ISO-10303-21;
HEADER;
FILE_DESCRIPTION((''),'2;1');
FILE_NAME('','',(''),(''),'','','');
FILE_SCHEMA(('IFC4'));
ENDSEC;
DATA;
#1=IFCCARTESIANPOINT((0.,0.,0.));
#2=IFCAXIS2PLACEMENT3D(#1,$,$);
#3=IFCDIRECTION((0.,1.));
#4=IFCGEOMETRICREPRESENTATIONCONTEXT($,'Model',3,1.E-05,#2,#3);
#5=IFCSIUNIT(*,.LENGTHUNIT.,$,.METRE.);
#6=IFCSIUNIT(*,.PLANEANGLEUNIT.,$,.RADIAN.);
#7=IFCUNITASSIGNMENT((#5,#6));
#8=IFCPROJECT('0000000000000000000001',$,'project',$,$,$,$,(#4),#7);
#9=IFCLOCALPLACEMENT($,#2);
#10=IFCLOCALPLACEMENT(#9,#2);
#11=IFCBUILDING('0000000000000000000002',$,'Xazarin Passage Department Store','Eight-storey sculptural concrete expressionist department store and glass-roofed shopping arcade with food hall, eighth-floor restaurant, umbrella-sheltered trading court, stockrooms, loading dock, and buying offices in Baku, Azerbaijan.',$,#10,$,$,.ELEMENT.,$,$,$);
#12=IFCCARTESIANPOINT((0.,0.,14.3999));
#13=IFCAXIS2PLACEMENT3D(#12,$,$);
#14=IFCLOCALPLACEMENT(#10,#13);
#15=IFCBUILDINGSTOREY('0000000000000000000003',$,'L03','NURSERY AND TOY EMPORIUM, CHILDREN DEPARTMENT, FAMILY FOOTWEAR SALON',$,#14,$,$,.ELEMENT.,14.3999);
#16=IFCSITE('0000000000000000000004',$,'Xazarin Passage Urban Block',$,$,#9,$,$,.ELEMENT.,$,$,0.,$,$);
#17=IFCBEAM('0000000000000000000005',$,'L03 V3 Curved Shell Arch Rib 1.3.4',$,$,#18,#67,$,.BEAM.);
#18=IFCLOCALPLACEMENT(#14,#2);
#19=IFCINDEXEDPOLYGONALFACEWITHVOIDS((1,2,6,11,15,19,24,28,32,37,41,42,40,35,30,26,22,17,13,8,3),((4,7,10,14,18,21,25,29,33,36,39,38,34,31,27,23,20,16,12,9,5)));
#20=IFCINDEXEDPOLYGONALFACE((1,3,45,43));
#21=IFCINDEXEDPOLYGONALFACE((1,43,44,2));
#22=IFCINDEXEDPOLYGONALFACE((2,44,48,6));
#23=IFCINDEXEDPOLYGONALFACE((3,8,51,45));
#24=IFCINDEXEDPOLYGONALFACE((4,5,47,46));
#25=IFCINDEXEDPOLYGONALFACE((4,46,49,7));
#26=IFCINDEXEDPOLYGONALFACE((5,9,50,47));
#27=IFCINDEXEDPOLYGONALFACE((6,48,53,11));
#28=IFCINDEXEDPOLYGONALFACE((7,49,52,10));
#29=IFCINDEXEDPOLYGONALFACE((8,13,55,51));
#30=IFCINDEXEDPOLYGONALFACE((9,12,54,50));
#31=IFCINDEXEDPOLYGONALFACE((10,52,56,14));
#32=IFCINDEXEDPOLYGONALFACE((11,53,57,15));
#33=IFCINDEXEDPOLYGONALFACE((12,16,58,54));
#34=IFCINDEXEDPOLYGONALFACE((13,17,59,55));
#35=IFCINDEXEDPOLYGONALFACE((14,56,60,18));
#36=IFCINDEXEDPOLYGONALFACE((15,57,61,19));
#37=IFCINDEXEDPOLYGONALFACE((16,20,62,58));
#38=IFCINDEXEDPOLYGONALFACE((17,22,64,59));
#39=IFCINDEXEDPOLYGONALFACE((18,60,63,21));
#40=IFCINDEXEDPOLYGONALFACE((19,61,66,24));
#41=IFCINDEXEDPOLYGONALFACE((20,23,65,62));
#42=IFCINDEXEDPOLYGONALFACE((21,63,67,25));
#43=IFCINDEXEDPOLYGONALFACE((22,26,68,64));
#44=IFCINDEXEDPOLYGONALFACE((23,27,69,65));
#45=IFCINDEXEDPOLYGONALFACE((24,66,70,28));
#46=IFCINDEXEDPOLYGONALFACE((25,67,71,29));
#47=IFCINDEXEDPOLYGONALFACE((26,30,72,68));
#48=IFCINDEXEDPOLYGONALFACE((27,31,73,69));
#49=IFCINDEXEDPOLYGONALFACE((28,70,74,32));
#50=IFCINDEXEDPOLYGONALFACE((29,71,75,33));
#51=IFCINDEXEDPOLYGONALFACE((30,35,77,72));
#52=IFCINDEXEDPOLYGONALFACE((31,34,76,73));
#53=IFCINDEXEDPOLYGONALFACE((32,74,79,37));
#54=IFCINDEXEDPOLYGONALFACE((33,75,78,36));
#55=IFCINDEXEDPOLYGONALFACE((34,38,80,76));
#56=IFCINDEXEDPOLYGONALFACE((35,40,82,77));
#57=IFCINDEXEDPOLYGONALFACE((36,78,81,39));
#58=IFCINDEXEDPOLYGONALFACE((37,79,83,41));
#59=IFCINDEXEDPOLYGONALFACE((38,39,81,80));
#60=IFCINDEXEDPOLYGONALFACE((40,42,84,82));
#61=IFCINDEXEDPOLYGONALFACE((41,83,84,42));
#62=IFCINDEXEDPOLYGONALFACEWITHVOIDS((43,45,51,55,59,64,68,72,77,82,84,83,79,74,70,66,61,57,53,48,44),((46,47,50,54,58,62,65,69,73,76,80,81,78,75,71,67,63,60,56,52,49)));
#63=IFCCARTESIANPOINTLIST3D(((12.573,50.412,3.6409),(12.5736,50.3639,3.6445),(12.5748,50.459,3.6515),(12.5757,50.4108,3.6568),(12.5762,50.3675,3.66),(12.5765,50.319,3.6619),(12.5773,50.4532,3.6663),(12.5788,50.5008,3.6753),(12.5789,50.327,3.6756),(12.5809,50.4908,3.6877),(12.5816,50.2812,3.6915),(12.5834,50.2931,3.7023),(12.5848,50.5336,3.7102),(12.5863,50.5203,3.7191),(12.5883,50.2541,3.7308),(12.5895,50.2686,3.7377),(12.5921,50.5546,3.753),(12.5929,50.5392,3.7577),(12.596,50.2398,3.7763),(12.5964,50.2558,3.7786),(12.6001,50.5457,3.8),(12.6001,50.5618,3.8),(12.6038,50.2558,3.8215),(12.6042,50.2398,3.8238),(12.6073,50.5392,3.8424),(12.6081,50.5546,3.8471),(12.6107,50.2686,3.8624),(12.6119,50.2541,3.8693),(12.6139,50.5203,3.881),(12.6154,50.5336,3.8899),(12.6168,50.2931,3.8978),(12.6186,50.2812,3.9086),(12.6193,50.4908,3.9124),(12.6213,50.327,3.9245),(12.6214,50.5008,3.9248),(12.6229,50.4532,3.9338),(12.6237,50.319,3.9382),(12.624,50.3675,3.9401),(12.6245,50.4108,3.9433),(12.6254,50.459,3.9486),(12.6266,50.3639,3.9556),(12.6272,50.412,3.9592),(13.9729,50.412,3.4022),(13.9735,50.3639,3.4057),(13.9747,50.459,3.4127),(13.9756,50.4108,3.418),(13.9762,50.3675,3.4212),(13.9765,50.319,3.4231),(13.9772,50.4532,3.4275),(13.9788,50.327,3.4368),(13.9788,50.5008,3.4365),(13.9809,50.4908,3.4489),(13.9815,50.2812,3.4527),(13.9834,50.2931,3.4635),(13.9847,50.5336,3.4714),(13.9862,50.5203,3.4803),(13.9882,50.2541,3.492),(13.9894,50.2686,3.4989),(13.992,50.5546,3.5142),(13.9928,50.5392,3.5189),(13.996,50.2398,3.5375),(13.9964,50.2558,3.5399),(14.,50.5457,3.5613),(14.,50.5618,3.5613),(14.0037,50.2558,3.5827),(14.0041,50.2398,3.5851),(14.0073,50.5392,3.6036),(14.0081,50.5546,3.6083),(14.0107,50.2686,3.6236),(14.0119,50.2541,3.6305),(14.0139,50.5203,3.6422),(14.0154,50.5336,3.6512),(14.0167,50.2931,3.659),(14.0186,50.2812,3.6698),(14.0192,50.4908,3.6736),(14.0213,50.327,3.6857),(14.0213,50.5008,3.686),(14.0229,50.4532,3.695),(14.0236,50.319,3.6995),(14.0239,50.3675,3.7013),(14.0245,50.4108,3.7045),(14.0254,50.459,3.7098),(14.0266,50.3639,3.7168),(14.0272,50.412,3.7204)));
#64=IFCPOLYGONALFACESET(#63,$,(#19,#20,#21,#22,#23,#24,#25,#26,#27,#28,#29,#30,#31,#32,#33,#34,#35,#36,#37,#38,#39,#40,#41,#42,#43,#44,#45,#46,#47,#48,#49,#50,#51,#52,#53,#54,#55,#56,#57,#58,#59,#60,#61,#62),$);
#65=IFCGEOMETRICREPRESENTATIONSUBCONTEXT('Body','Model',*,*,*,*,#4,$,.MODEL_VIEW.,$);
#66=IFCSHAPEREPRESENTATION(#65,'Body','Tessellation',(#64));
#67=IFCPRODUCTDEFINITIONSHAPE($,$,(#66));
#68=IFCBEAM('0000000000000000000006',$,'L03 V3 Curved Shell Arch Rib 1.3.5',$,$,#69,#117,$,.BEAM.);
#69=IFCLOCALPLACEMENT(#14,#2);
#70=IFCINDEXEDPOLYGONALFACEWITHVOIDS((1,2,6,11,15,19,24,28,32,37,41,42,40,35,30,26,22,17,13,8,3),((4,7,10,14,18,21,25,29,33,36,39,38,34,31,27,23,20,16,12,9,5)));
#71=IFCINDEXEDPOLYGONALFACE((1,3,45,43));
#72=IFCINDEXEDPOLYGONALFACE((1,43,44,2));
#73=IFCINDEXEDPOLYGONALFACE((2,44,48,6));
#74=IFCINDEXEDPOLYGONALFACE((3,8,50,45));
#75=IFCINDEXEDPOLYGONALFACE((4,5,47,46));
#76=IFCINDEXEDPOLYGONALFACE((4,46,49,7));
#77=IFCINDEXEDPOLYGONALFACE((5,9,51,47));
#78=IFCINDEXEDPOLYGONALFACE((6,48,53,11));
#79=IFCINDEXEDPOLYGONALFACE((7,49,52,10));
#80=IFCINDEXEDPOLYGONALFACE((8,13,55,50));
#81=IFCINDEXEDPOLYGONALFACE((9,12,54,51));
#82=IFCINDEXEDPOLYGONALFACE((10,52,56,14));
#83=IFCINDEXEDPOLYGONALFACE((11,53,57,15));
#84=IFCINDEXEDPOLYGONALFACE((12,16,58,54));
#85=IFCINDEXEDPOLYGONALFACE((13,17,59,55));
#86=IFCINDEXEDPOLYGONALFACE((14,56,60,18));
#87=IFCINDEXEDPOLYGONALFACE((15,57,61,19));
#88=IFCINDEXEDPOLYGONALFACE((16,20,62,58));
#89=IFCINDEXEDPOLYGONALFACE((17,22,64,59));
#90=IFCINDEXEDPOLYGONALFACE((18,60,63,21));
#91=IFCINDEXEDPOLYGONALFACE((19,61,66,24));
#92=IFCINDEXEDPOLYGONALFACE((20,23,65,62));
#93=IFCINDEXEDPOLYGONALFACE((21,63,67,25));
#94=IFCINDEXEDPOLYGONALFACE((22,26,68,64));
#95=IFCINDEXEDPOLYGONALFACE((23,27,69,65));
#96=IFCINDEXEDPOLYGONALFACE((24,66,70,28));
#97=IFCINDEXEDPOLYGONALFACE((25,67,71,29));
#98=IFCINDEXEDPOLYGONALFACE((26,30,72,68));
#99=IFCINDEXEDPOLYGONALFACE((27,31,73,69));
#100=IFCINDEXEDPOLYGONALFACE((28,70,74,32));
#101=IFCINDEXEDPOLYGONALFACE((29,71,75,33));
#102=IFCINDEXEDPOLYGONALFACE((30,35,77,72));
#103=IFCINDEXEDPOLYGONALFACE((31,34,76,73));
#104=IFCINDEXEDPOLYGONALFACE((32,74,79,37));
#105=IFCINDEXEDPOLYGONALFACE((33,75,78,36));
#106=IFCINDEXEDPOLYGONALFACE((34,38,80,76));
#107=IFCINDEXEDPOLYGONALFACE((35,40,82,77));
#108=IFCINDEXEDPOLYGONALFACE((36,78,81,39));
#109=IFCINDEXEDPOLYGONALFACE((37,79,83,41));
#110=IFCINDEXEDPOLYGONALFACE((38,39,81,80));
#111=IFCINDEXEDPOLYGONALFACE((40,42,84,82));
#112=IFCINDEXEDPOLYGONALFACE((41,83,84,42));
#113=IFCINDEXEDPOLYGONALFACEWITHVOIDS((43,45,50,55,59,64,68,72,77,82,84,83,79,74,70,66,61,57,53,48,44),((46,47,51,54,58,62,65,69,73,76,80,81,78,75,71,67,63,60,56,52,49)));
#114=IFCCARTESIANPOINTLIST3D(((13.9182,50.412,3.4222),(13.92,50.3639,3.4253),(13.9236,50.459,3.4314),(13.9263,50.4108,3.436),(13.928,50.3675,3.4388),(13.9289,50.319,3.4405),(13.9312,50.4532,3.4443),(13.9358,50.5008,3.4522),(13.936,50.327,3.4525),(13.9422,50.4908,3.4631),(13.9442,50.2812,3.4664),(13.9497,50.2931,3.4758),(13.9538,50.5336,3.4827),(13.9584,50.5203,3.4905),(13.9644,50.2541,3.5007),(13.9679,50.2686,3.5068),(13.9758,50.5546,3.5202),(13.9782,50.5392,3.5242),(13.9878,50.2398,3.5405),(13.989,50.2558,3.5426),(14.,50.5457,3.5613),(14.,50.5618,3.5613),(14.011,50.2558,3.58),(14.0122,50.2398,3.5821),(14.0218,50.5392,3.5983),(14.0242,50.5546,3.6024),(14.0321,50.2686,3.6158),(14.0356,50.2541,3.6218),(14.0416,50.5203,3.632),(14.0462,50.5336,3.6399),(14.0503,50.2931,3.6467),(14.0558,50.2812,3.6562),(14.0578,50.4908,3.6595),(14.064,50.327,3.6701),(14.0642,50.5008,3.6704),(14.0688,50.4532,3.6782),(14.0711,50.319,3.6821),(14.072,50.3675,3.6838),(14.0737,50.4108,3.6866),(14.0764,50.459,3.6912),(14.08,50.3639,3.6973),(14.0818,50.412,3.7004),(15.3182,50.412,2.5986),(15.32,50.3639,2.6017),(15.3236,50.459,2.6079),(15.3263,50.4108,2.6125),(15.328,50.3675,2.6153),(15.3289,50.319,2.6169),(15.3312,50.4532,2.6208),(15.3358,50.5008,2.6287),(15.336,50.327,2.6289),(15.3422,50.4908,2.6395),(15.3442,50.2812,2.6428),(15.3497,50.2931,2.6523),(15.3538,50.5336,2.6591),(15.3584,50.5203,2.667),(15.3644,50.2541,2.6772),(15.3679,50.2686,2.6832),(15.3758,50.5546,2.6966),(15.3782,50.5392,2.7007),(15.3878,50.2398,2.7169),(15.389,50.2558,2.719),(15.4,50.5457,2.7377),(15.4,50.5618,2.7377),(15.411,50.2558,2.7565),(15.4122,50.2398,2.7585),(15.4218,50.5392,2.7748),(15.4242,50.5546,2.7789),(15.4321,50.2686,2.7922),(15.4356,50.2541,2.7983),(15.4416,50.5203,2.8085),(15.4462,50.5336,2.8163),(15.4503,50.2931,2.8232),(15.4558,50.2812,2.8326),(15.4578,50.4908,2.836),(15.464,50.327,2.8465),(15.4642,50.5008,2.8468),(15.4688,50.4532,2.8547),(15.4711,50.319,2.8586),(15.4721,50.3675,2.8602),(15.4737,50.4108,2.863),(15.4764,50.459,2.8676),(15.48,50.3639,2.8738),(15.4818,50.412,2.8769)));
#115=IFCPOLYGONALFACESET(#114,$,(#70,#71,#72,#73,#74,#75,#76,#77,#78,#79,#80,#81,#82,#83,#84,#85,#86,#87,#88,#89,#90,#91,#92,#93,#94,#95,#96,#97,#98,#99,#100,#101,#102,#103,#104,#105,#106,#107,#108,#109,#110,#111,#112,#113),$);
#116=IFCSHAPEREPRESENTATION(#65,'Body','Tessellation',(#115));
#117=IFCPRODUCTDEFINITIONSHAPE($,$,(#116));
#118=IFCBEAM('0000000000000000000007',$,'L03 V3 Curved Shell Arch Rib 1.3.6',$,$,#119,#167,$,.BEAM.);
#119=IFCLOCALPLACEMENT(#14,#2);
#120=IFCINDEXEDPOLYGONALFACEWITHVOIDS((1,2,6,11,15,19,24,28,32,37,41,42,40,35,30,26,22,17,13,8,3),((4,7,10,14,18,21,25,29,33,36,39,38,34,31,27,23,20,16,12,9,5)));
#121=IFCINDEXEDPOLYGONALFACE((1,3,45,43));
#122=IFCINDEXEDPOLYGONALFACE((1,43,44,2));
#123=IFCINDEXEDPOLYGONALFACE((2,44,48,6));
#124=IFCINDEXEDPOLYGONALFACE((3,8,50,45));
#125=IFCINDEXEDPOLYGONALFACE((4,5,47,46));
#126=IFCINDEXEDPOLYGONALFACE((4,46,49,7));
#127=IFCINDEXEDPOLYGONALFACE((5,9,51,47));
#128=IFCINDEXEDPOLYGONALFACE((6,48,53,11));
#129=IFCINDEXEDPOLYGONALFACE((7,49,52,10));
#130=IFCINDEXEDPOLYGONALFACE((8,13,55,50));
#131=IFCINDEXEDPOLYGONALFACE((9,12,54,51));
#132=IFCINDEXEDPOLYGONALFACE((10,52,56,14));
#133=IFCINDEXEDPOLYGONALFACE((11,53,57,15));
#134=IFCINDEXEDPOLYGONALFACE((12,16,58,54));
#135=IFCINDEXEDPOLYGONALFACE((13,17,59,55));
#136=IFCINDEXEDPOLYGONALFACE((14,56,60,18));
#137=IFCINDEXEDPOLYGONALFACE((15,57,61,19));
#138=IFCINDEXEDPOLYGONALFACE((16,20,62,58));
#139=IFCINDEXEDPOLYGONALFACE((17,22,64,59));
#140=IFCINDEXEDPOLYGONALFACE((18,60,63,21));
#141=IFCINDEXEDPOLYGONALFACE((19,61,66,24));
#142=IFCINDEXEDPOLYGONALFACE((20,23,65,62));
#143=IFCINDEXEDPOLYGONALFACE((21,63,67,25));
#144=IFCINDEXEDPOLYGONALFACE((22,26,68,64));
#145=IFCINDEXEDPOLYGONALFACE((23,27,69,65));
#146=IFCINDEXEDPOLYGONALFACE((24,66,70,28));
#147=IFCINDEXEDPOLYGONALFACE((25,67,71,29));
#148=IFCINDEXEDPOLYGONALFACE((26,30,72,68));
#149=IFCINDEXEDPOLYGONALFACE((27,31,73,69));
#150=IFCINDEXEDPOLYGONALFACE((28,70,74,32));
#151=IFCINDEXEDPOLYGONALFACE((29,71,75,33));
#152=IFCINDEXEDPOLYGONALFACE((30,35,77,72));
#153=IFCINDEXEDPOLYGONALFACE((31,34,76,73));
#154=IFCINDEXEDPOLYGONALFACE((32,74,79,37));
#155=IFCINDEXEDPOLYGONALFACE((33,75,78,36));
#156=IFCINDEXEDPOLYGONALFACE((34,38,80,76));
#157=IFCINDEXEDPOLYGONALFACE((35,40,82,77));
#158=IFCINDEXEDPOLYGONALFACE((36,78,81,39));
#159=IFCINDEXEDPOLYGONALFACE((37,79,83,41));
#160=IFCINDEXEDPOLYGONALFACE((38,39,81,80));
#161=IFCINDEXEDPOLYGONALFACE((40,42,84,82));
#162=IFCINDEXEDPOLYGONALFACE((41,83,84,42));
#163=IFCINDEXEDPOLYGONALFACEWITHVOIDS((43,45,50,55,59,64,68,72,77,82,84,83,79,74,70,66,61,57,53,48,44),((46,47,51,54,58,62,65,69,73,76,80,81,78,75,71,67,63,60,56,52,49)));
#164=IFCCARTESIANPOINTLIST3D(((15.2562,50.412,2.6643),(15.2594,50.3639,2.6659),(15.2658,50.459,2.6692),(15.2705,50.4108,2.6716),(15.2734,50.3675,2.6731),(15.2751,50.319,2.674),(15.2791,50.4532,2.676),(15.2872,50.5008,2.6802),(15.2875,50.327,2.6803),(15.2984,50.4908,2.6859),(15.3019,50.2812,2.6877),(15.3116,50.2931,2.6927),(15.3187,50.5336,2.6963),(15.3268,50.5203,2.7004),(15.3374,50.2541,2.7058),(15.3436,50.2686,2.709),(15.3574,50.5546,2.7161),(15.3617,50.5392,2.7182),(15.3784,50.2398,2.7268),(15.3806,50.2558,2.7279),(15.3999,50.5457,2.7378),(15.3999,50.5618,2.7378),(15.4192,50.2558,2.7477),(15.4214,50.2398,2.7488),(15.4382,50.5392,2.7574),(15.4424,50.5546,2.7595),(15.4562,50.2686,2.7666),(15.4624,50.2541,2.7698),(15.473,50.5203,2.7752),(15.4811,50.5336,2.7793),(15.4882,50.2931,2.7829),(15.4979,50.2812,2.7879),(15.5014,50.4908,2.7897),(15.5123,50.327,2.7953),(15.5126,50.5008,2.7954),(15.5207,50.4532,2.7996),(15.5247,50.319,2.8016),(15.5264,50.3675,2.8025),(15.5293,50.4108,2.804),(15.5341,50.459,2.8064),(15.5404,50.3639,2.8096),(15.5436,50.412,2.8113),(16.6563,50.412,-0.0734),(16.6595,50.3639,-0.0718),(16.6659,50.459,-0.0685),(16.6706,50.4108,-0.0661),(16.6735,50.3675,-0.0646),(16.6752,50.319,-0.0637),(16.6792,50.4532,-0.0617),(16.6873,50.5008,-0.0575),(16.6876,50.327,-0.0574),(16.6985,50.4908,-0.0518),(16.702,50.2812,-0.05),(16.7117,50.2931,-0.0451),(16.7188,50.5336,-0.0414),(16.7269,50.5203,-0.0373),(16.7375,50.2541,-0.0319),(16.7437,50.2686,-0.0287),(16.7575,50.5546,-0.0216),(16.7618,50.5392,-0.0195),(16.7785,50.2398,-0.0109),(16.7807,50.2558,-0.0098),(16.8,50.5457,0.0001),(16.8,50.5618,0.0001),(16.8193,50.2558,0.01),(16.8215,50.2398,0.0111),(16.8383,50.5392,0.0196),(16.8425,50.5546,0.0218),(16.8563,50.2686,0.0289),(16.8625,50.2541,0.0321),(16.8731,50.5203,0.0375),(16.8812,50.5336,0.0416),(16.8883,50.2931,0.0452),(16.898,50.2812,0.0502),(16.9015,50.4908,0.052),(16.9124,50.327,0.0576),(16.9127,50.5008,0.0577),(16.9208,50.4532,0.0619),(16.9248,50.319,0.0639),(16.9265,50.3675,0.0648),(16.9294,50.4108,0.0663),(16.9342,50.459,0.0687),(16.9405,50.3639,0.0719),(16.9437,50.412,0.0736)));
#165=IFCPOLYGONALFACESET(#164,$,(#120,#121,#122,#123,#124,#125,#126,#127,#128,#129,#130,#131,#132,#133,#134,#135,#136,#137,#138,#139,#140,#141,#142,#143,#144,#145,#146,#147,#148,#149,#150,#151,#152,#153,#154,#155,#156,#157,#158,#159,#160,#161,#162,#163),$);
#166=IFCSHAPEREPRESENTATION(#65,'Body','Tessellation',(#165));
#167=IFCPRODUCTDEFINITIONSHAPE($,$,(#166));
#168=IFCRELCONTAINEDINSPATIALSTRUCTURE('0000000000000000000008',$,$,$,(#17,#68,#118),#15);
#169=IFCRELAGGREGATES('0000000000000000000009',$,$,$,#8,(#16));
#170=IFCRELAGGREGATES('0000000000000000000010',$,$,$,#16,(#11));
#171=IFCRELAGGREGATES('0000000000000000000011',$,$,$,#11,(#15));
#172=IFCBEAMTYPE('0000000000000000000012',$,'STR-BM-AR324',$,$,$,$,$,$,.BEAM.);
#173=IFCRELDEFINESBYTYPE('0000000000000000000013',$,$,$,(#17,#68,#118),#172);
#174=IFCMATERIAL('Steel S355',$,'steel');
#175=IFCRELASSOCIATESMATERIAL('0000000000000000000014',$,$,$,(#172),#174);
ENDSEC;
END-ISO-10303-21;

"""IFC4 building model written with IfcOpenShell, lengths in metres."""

from ifc_helpers import new_model, si_unit, direction, frame, origin, origin_2d, place, context, subcontext, project, spatial, hollow_circle, extrude, material, material_profile, profile_set, type_object, element, save


model = new_model("IFC4")

# Units and contexts
model_context = context("Model", 3, precision=1e-05, world=origin(), true_north=direction((0.0, 1.0)))
body_context = subcontext(model_context, "Body", "Model", "MODEL_VIEW")
ifc_project = project(units=[si_unit("LENGTHUNIT", "METRE"), si_unit("PLANEANGLEUNIT", "RADIAN")], contexts=[model_context])

# Site, building, storey
site_placement = place(None, origin())
site = spatial("IfcSite", under=ifc_project, at=site_placement, Name="Xazarin Passage Urban Block", CompositionType="ELEMENT", RefElevation=0.0)
building_placement = place(site_placement, origin())
building = spatial("IfcBuilding", under=site, at=building_placement, Name="Xazarin Passage Department Store", Description="Eight-storey sculptural concrete expressionist department store and glass-roofed shopping arcade with food hall, eighth-floor restaurant, umbrella-sheltered trading court, stockrooms, loading dock, and buying offices in Baku, Azerbaijan.", CompositionType="ELEMENT")
storey_placement = place(building_placement, frame((0.0, 0.0, 14.3999)))
storey = spatial("IfcBuildingStorey", under=building, at=storey_placement, Name="L03", Description="NURSERY AND TOY EMPORIUM, CHILDREN DEPARTMENT, FAMILY FOOTWEAR SALON", CompositionType="ELEMENT", Elevation=14.3999)

# Beams
ifc_material_1 = material(Name="Steel S355", Category="steel")
ifc_material_profile_1 = material_profile(ifc_material_1, hollow_circle(Radius=0.1619, WallThickness=0.0161, at=origin_2d()), Name="CHS 323.9x16")
ifc_profile_set_1 = profile_set([ifc_material_profile_1], Name="Steel S355")
beam_type_1 = type_object("IfcBeamType", Name="STR-BM-AR324", PredefinedType="BEAM", material=ifc_profile_set_1)
beam_1_placement = place(storey_placement, frame((12.6001, 50.3999, 3.8), z_axis=(0.985764, 0.0, -0.168133), x_axis=(0.0, 1.0, 0.0)))
element("IfcBeam", 1, at=beam_1_placement, inside=storey, type_object=beam_type_1, Name="L03 V3 Curved Shell Arch Rib 1.3.4", PredefinedType="BEAM", context=body_context, shape_type="SweptSolid", body=[
    extrude(hollow_circle(Radius=0.1619, WallThickness=0.0161, at=origin_2d()), origin(), (0.0, 0.0, 1.0), 1.4202),
])
beam_2_placement = place(storey_placement, frame((14.0, 50.3999, 3.5613), z_axis=(0.86193, 0.0, -0.507027), x_axis=(0.0, 1.0, 0.0)))
element("IfcBeam", 2, at=beam_2_placement, inside=storey, type_object=beam_type_1, Name="L03 V3 Curved Shell Arch Rib 1.3.5", PredefinedType="BEAM", context=body_context, shape_type="SweptSolid", body=[
    extrude(hollow_circle(Radius=0.1619, WallThickness=0.0161, at=origin_2d()), origin(), (0.0, 0.0, 1.0), 1.6243),
])
for number, where, z_axis, x_axis, name in (
    (3, (15.3999, 50.3999, 2.7378), (0.455325, 0.0, -0.890325), (0.0, 1.0, 0.0), "L03 V3 Curved Shell Arch Rib 1.3.6"),
):
    element("IfcBeam", number, at=place(storey_placement, frame(where, z_axis=z_axis, x_axis=x_axis)), inside=storey, type_object=beam_type_1, Name=name, PredefinedType="BEAM", context=body_context, shape_type="SweptSolid", body=[
        extrude(hollow_circle(Radius=0.1619, WallThickness=0.0161, at=origin_2d()), origin(), (0.0, 0.0, 1.0), 3.075),
    ])

save(model, "model.ifc")
